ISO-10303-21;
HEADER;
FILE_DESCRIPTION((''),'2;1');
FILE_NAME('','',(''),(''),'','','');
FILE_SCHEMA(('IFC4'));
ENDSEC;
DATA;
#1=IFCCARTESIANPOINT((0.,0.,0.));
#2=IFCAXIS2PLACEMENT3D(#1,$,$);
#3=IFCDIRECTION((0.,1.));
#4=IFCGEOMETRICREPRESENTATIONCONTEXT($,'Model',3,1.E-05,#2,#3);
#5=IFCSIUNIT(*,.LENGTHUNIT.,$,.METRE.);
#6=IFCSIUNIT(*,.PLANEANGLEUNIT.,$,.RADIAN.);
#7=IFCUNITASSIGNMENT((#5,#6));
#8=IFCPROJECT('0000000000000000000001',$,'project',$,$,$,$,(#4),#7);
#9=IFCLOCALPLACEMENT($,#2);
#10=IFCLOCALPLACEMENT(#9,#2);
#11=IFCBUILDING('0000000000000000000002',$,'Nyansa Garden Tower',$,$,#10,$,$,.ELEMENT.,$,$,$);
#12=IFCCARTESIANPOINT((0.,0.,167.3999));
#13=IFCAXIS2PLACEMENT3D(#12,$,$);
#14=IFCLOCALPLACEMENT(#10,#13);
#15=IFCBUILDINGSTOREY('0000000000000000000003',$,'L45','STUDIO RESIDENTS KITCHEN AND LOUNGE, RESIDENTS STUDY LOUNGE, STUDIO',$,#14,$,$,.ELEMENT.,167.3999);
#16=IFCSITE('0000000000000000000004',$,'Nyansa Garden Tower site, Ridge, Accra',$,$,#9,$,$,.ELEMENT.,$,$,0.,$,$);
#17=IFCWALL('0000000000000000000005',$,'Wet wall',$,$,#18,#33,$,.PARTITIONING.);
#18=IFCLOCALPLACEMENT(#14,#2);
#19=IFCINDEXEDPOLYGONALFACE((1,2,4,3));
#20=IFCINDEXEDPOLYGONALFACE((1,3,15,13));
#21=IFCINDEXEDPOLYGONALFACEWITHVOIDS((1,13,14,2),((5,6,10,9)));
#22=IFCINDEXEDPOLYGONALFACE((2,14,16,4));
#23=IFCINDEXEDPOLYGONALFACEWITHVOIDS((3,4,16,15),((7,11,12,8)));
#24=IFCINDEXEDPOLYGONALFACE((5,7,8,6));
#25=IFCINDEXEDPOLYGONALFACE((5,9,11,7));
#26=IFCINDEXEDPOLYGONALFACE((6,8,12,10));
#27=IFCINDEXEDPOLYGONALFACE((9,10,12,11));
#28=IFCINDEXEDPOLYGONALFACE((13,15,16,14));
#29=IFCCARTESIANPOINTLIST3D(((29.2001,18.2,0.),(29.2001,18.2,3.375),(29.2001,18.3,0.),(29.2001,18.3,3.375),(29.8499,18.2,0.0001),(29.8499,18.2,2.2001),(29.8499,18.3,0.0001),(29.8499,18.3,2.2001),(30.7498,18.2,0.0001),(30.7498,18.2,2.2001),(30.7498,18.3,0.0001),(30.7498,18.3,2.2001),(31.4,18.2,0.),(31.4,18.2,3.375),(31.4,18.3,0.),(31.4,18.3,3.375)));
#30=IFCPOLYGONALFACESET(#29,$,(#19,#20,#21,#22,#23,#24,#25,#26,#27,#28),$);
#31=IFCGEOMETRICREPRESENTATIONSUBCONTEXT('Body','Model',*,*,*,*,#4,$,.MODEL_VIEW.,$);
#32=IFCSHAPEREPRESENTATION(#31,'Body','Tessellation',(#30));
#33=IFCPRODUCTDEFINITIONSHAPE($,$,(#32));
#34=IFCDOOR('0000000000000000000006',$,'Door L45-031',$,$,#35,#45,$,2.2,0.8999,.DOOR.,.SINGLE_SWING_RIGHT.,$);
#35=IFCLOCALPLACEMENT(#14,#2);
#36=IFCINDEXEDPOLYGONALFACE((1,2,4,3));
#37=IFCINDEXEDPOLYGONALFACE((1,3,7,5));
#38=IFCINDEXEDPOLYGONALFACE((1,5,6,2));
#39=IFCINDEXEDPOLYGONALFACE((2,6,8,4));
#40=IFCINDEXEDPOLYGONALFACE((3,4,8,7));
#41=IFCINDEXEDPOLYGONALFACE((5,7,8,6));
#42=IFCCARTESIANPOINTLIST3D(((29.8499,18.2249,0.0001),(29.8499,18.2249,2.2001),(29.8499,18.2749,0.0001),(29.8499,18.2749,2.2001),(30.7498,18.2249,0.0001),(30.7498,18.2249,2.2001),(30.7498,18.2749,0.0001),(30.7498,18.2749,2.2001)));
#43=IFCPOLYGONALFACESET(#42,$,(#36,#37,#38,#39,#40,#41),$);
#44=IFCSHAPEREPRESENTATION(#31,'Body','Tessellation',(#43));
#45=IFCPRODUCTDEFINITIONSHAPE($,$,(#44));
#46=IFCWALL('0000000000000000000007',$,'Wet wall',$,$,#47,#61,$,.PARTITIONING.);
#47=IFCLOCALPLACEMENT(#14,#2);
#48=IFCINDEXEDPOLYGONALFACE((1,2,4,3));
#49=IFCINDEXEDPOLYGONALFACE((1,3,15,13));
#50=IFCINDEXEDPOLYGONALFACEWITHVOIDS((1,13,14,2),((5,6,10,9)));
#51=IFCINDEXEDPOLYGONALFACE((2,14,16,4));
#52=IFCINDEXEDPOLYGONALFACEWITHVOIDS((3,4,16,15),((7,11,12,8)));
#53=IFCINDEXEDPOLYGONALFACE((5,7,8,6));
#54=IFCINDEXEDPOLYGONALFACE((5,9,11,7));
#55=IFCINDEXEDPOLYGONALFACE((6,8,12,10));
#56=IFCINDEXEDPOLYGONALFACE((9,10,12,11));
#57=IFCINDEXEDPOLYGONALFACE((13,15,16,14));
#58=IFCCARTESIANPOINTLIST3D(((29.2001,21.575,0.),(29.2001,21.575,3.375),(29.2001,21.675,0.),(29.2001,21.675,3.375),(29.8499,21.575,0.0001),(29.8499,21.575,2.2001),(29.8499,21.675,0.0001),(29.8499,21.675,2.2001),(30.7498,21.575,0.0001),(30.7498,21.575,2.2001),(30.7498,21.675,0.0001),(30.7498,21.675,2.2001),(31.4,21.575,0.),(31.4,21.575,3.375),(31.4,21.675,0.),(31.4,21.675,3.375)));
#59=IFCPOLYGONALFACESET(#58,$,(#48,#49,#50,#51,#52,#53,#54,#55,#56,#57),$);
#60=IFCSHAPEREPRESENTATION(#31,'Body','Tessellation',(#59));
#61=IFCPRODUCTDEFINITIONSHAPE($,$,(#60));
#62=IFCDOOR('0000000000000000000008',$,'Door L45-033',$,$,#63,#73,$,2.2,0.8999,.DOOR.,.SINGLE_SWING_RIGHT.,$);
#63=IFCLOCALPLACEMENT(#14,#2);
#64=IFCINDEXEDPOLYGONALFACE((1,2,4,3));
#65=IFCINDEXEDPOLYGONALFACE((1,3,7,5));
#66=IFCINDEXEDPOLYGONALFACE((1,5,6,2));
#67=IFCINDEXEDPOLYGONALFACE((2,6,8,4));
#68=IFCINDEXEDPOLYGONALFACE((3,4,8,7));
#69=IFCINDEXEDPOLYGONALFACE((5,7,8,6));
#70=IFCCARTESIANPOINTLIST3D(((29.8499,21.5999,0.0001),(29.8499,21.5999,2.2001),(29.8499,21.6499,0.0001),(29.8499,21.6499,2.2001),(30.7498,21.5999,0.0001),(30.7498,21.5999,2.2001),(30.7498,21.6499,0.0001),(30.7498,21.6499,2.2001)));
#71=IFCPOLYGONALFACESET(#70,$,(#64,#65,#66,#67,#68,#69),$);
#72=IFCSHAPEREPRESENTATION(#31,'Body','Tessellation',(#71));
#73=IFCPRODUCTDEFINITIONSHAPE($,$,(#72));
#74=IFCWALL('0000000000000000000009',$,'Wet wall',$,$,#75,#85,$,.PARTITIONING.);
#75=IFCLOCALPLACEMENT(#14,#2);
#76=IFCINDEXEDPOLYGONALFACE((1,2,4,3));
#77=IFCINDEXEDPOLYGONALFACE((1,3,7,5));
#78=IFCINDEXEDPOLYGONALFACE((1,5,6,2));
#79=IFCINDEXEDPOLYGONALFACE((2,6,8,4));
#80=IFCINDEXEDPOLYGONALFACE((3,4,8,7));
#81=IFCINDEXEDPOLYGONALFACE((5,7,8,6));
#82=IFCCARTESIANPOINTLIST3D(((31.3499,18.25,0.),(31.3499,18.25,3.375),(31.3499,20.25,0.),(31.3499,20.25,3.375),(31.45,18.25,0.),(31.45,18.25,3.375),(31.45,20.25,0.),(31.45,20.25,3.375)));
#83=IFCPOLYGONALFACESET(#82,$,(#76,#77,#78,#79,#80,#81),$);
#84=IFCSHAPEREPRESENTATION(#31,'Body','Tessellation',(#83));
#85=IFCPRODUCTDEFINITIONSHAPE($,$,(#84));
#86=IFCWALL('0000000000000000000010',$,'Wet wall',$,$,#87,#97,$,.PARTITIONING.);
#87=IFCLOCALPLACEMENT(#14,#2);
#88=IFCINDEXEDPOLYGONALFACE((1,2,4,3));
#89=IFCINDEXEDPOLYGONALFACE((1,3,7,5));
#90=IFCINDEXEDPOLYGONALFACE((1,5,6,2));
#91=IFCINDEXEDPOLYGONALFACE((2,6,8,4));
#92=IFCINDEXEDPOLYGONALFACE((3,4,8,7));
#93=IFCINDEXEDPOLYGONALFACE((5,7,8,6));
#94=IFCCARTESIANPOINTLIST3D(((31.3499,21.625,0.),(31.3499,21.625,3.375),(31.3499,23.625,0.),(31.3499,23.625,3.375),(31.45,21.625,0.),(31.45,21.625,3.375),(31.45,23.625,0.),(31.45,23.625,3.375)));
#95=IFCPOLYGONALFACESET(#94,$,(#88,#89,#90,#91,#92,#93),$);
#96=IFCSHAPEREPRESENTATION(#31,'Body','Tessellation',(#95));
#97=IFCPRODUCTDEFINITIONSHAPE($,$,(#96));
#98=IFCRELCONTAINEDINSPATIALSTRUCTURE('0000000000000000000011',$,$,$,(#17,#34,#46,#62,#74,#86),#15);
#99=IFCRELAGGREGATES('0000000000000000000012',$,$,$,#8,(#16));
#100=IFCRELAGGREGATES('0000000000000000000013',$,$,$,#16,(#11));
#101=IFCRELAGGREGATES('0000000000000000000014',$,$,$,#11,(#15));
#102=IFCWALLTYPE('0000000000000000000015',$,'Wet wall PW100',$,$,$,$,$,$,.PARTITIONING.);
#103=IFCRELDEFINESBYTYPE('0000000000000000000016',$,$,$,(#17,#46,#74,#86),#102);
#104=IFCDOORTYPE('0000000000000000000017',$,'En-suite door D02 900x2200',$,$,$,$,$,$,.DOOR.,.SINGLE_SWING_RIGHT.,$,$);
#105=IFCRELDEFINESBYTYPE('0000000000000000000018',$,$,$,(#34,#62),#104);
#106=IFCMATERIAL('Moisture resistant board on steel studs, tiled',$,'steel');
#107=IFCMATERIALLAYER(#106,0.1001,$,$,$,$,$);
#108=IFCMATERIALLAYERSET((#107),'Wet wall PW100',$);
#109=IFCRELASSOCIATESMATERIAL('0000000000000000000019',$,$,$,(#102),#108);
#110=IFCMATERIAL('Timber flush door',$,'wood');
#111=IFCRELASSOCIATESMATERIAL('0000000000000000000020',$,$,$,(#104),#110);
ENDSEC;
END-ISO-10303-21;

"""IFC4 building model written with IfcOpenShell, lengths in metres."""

from ifc_helpers import new_model, si_unit, direction, frame, frame_2d, origin, place, context, subcontext, project, spatial, rectangle, extrude, material, layer, layer_set, type_object, element, fill, save


model = new_model("IFC4")

# Units and contexts
model_context = context("Model", 3, precision=1e-05, world=origin(), true_north=direction((0.0, 1.0)))
body_context = subcontext(model_context, "Body", "Model", "MODEL_VIEW")
ifc_project = project(units=[si_unit("LENGTHUNIT", "METRE"), si_unit("PLANEANGLEUNIT", "RADIAN")], contexts=[model_context])

# Site, building, storey
site_placement = place(None, origin())
site = spatial("IfcSite", under=ifc_project, at=site_placement, Name="Nyansa Garden Tower site, Ridge, Accra", CompositionType="ELEMENT", RefElevation=0.0)
building_placement = place(site_placement, origin())
building = spatial("IfcBuilding", under=site, at=building_placement, Name="Nyansa Garden Tower", CompositionType="ELEMENT")
storey_placement = place(building_placement, frame((0.0, 0.0, 167.3999)))
storey = spatial("IfcBuildingStorey", under=building, at=storey_placement, Name="L45", Description="STUDIO RESIDENTS KITCHEN AND LOUNGE, RESIDENTS STUDY LOUNGE, STUDIO", CompositionType="ELEMENT", Elevation=167.3999)

# Walls, openings, doors
ifc_material_1 = material(Name="Moisture resistant board on steel studs, tiled", Category="steel")
ifc_layer_1 = layer(ifc_material_1, 0.1001)
ifc_layer_set_1 = layer_set([ifc_layer_1], Name="Wet wall PW100")
wall_type_1 = type_object("IfcWallType", Name="Wet wall PW100", PredefinedType="PARTITIONING", material=ifc_layer_set_1)
wall_1_placement = place(storey_placement, frame((29.2, 18.25, 0.0), z_axis=(0.0, 0.0, 1.0), x_axis=(1.0, 0.0, 0.0)))
wall_1 = element("IfcWall", 1, at=wall_1_placement, inside=storey, type_object=wall_type_1, Name="Wet wall", PredefinedType="PARTITIONING", context=body_context, shape_type="SweptSolid", body=[
    extrude(rectangle(XDim=2.2, YDim=0.1001, at=frame_2d((1.1001, 0.0))), origin(), (0.0, 0.0, 1.0), 3.375),
])
opening_1_placement = place(wall_1_placement, frame((0.6499, 0.0, 0.0)))
opening_1 = element("IfcOpeningElement", 2, at=opening_1_placement, cuts=wall_1, PredefinedType="OPENING", context=body_context, shape_type="SweptSolid", body=[
    extrude(rectangle(XDim=0.8999, YDim=2.2, at=frame_2d((0.45, 1.1001))), frame((0.0, 0.0601, 0.0), z_axis=(0.0, -1.0, 0.0), x_axis=(1.0, 0.0, 0.0)), (0.0, 0.0, 1.0), 0.1201),
])
ifc_material_2 = material(Name="Timber flush door", Category="wood")
door_type = type_object("IfcDoorType", Name="En-suite door D02 900x2200", OperationType="SINGLE_SWING_RIGHT", PredefinedType="DOOR", material=ifc_material_2)
door_1_placement = place(opening_1_placement, origin())
door_1 = element("IfcDoor", 3, at=door_1_placement, inside=storey, type_object=door_type, Name="Door L45-031", OperationType="SINGLE_SWING_RIGHT", OverallHeight=2.2, OverallWidth=0.8999, PredefinedType="DOOR", context=body_context, shape_type="SweptSolid", body=[
    extrude(rectangle(XDim=0.8999, YDim=2.2, at=frame_2d((0.45, 1.1001))), frame((0.0, 0.0249, 0.0), z_axis=(0.0, -1.0, 0.0), x_axis=(1.0, 0.0, 0.0)), (0.0, 0.0, 1.0), 0.05),
])
fill(opening_1, door_1)
wall_2_placement = place(storey_placement, frame((29.2, 21.625, 0.0), z_axis=(0.0, 0.0, 1.0), x_axis=(1.0, 0.0, 0.0)))
wall_2 = element("IfcWall", 4, at=wall_2_placement, inside=storey, type_object=wall_type_1, Name="Wet wall", PredefinedType="PARTITIONING", context=body_context, shape_type="SweptSolid", body=[
    extrude(rectangle(XDim=2.2, YDim=0.1001, at=frame_2d((1.1001, 0.0))), origin(), (0.0, 0.0, 1.0), 3.375),
])
opening_2_placement = place(wall_2_placement, frame((0.6499, 0.0, 0.0)))
opening_2 = element("IfcOpeningElement", 5, at=opening_2_placement, cuts=wall_2, PredefinedType="OPENING", context=body_context, shape_type="SweptSolid", body=[
    extrude(rectangle(XDim=0.8999, YDim=2.2, at=frame_2d((0.45, 1.1001))), frame((0.0, 0.0601, 0.0), z_axis=(0.0, -1.0, 0.0), x_axis=(1.0, 0.0, 0.0)), (0.0, 0.0, 1.0), 0.1201),
])
door_2_placement = place(opening_2_placement, origin())
door_2 = element("IfcDoor", 6, at=door_2_placement, inside=storey, type_object=door_type, Name="Door L45-033", OperationType="SINGLE_SWING_RIGHT", OverallHeight=2.2, OverallWidth=0.8999, PredefinedType="DOOR", context=body_context, shape_type="SweptSolid", body=[
    extrude(rectangle(XDim=0.8999, YDim=2.2, at=frame_2d((0.45, 1.1001))), frame((0.0, 0.0249, 0.0), z_axis=(0.0, -1.0, 0.0), x_axis=(1.0, 0.0, 0.0)), (0.0, 0.0, 1.0), 0.05),
])
fill(opening_2, door_2)

# Walls
for number, where, z_axis, x_axis, name in (
    (7, (31.3999, 18.25, 0.0), (0.0, 0.0, 1.0), (0.0, 1.0, 0.0), "Wet wall"),
    (8, (31.3999, 21.625, 0.0), (0.0, 0.0, 1.0), (0.0, 1.0, 0.0), "Wet wall"),
):
    element("IfcWall", number, at=place(storey_placement, frame(where, z_axis=z_axis, x_axis=x_axis)), inside=storey, type_object=wall_type_1, Name=name, PredefinedType="PARTITIONING", context=body_context, shape_type="SweptSolid", body=[
        extrude(rectangle(XDim=2.0, YDim=0.1001, at=frame_2d((1.0, 0.0))), origin(), (0.0, 0.0, 1.0), 3.375),
    ])

save(model, "model.ifc")
